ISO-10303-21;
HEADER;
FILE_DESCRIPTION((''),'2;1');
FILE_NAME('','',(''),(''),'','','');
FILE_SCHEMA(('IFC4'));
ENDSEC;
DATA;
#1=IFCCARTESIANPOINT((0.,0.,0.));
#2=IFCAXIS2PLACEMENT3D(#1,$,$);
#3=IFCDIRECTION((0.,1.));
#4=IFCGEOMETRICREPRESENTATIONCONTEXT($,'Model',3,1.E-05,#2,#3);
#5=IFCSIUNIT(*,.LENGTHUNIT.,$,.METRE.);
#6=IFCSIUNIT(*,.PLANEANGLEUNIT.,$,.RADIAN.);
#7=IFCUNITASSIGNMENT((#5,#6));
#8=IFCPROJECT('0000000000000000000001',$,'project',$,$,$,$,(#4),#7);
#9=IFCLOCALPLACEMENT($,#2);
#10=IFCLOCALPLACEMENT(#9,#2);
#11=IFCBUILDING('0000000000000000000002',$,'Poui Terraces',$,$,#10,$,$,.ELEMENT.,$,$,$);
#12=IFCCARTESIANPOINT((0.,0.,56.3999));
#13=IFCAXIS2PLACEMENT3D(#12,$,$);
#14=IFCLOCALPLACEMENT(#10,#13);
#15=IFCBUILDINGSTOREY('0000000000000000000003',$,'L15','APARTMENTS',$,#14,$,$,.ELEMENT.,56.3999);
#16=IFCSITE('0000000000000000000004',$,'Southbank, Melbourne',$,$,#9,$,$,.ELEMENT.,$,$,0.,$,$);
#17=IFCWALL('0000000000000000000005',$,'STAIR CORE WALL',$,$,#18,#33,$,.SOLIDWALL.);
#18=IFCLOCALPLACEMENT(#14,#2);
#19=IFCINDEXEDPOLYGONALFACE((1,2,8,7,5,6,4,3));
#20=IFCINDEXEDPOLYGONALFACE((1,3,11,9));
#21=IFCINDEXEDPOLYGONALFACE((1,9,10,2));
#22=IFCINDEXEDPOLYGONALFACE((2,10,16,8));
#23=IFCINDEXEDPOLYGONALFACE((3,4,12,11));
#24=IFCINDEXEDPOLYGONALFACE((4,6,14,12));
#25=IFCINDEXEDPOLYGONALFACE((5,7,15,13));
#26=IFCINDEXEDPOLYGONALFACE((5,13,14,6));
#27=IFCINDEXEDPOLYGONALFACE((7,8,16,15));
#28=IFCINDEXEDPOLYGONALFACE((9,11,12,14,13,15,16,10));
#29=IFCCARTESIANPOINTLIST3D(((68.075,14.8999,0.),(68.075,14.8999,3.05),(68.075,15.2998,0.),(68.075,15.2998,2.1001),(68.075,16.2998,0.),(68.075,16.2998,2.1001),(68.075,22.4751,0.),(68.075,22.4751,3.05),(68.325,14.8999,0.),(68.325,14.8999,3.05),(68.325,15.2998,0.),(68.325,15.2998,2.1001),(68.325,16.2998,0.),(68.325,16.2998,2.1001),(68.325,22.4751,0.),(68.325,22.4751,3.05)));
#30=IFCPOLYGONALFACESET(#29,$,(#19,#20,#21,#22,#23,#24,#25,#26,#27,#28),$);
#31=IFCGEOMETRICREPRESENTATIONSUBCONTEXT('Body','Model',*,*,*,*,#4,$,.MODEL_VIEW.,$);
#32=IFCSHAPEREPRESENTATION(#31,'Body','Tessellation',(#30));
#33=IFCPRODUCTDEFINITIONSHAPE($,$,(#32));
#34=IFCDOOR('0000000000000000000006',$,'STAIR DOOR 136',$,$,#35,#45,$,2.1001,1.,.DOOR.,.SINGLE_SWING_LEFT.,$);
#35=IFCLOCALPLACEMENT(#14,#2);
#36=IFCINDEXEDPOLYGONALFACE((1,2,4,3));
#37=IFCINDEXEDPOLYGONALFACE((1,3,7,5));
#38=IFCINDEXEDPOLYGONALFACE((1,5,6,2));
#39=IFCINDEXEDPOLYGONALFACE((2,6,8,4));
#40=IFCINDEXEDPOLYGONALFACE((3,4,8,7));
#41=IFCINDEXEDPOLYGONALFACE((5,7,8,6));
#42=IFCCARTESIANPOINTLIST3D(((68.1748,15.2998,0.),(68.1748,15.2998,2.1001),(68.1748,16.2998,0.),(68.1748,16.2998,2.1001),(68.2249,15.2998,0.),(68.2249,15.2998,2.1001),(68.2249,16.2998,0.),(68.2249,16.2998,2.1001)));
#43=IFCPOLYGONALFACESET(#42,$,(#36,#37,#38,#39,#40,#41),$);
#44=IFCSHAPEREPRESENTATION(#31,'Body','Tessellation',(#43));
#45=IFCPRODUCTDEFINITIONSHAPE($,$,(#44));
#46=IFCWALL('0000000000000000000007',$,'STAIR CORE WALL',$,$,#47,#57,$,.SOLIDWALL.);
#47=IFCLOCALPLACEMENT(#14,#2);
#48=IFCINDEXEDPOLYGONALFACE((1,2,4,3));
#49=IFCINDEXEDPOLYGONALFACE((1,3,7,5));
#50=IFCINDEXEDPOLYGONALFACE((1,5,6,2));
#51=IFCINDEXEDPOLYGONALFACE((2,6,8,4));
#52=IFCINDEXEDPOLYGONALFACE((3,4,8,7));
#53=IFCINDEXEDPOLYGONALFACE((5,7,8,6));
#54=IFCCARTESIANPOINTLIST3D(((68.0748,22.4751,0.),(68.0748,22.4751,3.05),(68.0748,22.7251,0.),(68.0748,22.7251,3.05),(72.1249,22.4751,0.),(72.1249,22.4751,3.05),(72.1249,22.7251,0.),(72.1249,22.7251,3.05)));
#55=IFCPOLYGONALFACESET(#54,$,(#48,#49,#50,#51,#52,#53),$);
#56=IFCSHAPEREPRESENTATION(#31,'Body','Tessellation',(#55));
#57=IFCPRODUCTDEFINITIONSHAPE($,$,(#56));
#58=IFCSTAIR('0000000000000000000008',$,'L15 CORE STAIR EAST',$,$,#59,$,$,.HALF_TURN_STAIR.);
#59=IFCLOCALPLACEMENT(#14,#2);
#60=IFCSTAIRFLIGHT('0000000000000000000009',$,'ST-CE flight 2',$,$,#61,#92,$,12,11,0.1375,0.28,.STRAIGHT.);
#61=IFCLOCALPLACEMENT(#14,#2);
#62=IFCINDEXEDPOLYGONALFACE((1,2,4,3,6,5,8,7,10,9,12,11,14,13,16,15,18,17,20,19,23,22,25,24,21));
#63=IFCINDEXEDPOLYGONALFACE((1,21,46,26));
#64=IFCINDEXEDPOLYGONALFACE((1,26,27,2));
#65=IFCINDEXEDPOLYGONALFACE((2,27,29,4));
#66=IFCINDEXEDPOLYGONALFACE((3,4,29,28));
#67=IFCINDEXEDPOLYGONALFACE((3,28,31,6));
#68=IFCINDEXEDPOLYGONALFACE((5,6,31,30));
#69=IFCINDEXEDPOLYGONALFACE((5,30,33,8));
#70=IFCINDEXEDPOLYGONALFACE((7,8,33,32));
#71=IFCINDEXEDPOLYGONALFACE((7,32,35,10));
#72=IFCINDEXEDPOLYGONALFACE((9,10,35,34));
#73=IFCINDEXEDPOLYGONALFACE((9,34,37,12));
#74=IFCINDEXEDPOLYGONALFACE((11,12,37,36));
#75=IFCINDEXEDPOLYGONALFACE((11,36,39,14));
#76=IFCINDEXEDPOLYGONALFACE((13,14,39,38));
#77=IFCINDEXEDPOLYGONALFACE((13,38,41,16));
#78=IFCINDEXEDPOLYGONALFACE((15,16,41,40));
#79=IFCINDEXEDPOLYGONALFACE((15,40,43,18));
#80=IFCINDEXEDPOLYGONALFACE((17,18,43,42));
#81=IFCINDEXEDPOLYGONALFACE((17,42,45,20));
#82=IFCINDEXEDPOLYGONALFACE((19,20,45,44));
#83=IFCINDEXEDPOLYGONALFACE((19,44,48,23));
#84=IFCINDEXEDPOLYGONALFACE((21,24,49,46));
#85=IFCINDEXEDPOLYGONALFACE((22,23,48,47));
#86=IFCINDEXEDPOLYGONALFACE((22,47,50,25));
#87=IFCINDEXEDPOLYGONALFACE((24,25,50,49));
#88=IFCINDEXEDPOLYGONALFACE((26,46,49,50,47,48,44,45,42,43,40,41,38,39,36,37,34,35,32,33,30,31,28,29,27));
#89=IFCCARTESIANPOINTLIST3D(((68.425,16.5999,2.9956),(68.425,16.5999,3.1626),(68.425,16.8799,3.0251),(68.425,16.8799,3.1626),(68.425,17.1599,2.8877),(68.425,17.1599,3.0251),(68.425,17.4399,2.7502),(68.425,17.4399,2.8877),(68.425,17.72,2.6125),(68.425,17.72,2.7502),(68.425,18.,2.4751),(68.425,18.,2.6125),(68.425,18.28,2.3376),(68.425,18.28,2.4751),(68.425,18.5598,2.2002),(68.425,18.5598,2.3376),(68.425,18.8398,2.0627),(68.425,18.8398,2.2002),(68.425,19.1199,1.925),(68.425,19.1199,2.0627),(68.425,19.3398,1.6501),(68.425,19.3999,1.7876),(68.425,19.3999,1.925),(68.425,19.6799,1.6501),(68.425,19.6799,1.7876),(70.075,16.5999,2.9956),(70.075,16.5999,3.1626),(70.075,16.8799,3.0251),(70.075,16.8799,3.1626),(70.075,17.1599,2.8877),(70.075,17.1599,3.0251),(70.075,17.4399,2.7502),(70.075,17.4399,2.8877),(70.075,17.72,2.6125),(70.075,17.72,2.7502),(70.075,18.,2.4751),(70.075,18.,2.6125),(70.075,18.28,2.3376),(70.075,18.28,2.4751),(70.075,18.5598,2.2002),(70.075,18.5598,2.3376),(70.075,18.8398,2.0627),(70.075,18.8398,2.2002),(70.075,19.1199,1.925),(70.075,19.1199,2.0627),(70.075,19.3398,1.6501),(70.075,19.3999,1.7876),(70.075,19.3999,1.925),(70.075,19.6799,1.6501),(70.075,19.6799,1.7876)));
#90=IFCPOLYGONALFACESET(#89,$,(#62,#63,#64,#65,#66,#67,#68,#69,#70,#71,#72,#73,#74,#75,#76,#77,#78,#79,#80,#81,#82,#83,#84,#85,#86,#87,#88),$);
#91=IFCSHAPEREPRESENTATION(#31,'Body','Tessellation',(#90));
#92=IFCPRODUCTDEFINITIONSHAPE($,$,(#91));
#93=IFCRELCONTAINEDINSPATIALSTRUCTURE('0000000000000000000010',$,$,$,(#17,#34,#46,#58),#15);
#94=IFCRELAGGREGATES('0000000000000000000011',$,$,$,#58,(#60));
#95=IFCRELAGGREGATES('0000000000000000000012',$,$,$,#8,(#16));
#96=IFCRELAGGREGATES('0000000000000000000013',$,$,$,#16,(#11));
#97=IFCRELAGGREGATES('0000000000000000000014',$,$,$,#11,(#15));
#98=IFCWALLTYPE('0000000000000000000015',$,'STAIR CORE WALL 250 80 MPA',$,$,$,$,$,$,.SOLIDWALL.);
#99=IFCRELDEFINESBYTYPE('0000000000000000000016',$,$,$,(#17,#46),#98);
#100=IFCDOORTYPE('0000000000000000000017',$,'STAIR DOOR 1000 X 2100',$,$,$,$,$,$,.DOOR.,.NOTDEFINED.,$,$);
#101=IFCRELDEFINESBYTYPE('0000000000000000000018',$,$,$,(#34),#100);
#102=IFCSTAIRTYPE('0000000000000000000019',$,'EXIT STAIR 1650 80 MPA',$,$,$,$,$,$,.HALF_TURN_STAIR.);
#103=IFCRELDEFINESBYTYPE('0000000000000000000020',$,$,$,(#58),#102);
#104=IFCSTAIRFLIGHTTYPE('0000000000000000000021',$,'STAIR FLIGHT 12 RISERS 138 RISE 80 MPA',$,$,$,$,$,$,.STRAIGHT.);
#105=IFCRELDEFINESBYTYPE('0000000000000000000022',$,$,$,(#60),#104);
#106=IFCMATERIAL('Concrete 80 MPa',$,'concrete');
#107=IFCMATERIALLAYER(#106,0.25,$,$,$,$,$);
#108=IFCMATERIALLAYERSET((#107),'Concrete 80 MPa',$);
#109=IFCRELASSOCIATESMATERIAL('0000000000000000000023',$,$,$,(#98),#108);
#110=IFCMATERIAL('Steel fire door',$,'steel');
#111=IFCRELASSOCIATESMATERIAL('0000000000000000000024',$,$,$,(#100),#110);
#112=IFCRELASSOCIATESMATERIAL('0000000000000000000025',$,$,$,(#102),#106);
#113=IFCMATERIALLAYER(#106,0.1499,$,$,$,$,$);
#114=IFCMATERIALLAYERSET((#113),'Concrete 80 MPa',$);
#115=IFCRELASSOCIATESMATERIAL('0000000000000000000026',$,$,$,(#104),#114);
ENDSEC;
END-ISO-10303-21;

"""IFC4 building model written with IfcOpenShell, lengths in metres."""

from ifc_helpers import new_model, si_unit, direction, frame, frame_2d, origin, place, context, subcontext, project, spatial, polyline, rectangle, outline, extrude, material, layer, layer_set, type_object, element, fill, aggregate, save


model = new_model("IFC4")

# Units and contexts
model_context = context("Model", 3, precision=1e-05, world=origin(), true_north=direction((0.0, 1.0)))
body_context = subcontext(model_context, "Body", "Model", "MODEL_VIEW")
ifc_project = project(units=[si_unit("LENGTHUNIT", "METRE"), si_unit("PLANEANGLEUNIT", "RADIAN")], contexts=[model_context])

# Site, building, storey
site_placement = place(None, origin())
site = spatial("IfcSite", under=ifc_project, at=site_placement, Name="Southbank, Melbourne", CompositionType="ELEMENT", RefElevation=0.0)
building_placement = place(site_placement, origin())
building = spatial("IfcBuilding", under=site, at=building_placement, Name="Poui Terraces", CompositionType="ELEMENT")
storey_placement = place(building_placement, frame((0.0, 0.0, 56.3999)))
storey = spatial("IfcBuildingStorey", under=building, at=storey_placement, Name="L15", Description="APARTMENTS", CompositionType="ELEMENT", Elevation=56.3999)

# Shared definitions
ifc_material_1 = material(Name="Concrete 80 MPa", Category="concrete")

# Shared definitions
ifc_material_2 = material(Name="Steel fire door", Category="steel")

# Wall, opening, door
ifc_layer_1 = layer(ifc_material_1, 0.25)
ifc_layer_set_1 = layer_set([ifc_layer_1], Name="Concrete 80 MPa")
wall_type_1 = type_object("IfcWallType", Name="STAIR CORE WALL 250 80 MPA", PredefinedType="SOLIDWALL", material=ifc_layer_set_1)
wall_1_placement = place(storey_placement, frame((68.2, 14.8999, 0.0), z_axis=(0.0, 0.0, 1.0), x_axis=(0.0, 1.0, 0.0)))
wall_1 = element("IfcWall", 1, at=wall_1_placement, inside=storey, type_object=wall_type_1, Name="STAIR CORE WALL", PredefinedType="SOLIDWALL", context=body_context, shape_type="SweptSolid", body=[
    extrude(rectangle(XDim=7.5752, YDim=0.25, at=frame_2d((3.7876, 0.0))), origin(), (0.0, 0.0, 1.0), 3.05),
])
opening_1_placement = place(wall_1_placement, frame((0.3999, 0.0, 0.0)))
opening_1 = element("IfcOpeningElement", 2, at=opening_1_placement, cuts=wall_1, PredefinedType="OPENING", context=body_context, shape_type="SweptSolid", body=[
    extrude(rectangle(XDim=1.0, YDim=2.1001, at=frame_2d((0.5, 1.05))), frame((0.0, 0.135, 0.0), z_axis=(0.0, -1.0, 0.0), x_axis=(1.0, 0.0, 0.0)), (0.0, 0.0, 1.0), 0.27),
])
door_type_1 = type_object("IfcDoorType", Name="STAIR DOOR 1000 X 2100", OperationType="NOTDEFINED", PredefinedType="DOOR", material=ifc_material_2)
door_1_placement = place(opening_1_placement, frame((1.0, 0.0, 0.0), z_axis=(0.0, 0.0, 1.0), x_axis=(-1.0, 0.0, 0.0)))
door_1 = element("IfcDoor", 3, at=door_1_placement, inside=storey, type_object=door_type_1, Name="STAIR DOOR 136", OperationType="SINGLE_SWING_LEFT", OverallHeight=2.1001, OverallWidth=1.0, PredefinedType="DOOR", context=body_context, shape_type="SweptSolid", body=[
    extrude(rectangle(XDim=1.0, YDim=2.1001, at=frame_2d((0.5, 1.05))), frame((0.0, 0.0249, 0.0), z_axis=(0.0, -1.0, 0.0), x_axis=(1.0, 0.0, 0.0)), (0.0, 0.0, 1.0), 0.05),
])
fill(opening_1, door_1)

# Wall
wall_2_placement = place(storey_placement, frame((68.075, 22.6001, 0.0), z_axis=(0.0, 0.0, 1.0), x_axis=(1.0, 0.0, 0.0)))
element("IfcWall", 4, at=wall_2_placement, inside=storey, type_object=wall_type_1, Name="STAIR CORE WALL", PredefinedType="SOLIDWALL", context=body_context, shape_type="SweptSolid", body=[
    extrude(rectangle(XDim=4.05, YDim=0.25, at=frame_2d((2.0249, 0.0))), origin(), (0.0, 0.0, 1.0), 3.05),
])

# Stair, stair flight
stair_type = type_object("IfcStairType", Name="EXIT STAIR 1650 80 MPA", PredefinedType="HALF_TURN_STAIR", material=ifc_material_1)
stair_placement = place(storey_placement, origin())
stair = element("IfcStair", 5, at=stair_placement, inside=storey, type_object=stair_type, Name="L15 CORE STAIR EAST", PredefinedType="HALF_TURN_STAIR")
ifc_layer_2 = layer(ifc_material_1, 0.1499)
ifc_layer_set_2 = layer_set([ifc_layer_2], Name="Concrete 80 MPa")
stair_flight_type = type_object("IfcStairFlightType", Name="STAIR FLIGHT 12 RISERS 138 RISE 80 MPA", PredefinedType="STRAIGHT", material=ifc_layer_set_2)
stair_flight_placement = place(storey_placement, frame((69.25, 19.6799, 1.6501), z_axis=(0.0, 0.0, 1.0), x_axis=(0.0, -1.0, 0.0)))
stair_flight = element("IfcStairFlight", 6, at=stair_flight_placement, type_object=stair_flight_type, Name="ST-CE flight 2", NumberOfRisers=12, NumberOfTreads=11, PredefinedType="STRAIGHT", RiserHeight=0.1375, TreadLength=0.28, context=body_context, shape_type="SweptSolid", body=[
    extrude(outline(polyline([(0.0, 0.0), (0.0, 0.1375), (0.28, 0.1375), (0.28, 0.2749), (0.5601, 0.2749), (0.5601, 0.4126), (0.8401, 0.4126), (0.8401, 0.55), (1.1201, 0.55), (1.1201, 0.6875), (1.3999, 0.6875), (1.3999, 0.825), (1.6799, 0.825), (1.6799, 0.9624), (1.96, 0.9624), (1.96, 1.1001), (2.24, 1.1001), (2.24, 1.2375), (2.52, 1.2375), (2.52, 1.375), (2.8, 1.375), (2.8, 1.5125), (3.0801, 1.5125), (3.0801, 1.6499), (3.0801, 1.3455), (0.3401, 0.0), (0.0, 0.0)])), frame((0.0, 0.825, 0.0), z_axis=(0.0, -1.0, 0.0), x_axis=(1.0, 0.0, 0.0)), (0.0, 0.0, 1.0), 1.6499),
])
aggregate(stair, [stair_flight])

save(model, "model.ifc")
